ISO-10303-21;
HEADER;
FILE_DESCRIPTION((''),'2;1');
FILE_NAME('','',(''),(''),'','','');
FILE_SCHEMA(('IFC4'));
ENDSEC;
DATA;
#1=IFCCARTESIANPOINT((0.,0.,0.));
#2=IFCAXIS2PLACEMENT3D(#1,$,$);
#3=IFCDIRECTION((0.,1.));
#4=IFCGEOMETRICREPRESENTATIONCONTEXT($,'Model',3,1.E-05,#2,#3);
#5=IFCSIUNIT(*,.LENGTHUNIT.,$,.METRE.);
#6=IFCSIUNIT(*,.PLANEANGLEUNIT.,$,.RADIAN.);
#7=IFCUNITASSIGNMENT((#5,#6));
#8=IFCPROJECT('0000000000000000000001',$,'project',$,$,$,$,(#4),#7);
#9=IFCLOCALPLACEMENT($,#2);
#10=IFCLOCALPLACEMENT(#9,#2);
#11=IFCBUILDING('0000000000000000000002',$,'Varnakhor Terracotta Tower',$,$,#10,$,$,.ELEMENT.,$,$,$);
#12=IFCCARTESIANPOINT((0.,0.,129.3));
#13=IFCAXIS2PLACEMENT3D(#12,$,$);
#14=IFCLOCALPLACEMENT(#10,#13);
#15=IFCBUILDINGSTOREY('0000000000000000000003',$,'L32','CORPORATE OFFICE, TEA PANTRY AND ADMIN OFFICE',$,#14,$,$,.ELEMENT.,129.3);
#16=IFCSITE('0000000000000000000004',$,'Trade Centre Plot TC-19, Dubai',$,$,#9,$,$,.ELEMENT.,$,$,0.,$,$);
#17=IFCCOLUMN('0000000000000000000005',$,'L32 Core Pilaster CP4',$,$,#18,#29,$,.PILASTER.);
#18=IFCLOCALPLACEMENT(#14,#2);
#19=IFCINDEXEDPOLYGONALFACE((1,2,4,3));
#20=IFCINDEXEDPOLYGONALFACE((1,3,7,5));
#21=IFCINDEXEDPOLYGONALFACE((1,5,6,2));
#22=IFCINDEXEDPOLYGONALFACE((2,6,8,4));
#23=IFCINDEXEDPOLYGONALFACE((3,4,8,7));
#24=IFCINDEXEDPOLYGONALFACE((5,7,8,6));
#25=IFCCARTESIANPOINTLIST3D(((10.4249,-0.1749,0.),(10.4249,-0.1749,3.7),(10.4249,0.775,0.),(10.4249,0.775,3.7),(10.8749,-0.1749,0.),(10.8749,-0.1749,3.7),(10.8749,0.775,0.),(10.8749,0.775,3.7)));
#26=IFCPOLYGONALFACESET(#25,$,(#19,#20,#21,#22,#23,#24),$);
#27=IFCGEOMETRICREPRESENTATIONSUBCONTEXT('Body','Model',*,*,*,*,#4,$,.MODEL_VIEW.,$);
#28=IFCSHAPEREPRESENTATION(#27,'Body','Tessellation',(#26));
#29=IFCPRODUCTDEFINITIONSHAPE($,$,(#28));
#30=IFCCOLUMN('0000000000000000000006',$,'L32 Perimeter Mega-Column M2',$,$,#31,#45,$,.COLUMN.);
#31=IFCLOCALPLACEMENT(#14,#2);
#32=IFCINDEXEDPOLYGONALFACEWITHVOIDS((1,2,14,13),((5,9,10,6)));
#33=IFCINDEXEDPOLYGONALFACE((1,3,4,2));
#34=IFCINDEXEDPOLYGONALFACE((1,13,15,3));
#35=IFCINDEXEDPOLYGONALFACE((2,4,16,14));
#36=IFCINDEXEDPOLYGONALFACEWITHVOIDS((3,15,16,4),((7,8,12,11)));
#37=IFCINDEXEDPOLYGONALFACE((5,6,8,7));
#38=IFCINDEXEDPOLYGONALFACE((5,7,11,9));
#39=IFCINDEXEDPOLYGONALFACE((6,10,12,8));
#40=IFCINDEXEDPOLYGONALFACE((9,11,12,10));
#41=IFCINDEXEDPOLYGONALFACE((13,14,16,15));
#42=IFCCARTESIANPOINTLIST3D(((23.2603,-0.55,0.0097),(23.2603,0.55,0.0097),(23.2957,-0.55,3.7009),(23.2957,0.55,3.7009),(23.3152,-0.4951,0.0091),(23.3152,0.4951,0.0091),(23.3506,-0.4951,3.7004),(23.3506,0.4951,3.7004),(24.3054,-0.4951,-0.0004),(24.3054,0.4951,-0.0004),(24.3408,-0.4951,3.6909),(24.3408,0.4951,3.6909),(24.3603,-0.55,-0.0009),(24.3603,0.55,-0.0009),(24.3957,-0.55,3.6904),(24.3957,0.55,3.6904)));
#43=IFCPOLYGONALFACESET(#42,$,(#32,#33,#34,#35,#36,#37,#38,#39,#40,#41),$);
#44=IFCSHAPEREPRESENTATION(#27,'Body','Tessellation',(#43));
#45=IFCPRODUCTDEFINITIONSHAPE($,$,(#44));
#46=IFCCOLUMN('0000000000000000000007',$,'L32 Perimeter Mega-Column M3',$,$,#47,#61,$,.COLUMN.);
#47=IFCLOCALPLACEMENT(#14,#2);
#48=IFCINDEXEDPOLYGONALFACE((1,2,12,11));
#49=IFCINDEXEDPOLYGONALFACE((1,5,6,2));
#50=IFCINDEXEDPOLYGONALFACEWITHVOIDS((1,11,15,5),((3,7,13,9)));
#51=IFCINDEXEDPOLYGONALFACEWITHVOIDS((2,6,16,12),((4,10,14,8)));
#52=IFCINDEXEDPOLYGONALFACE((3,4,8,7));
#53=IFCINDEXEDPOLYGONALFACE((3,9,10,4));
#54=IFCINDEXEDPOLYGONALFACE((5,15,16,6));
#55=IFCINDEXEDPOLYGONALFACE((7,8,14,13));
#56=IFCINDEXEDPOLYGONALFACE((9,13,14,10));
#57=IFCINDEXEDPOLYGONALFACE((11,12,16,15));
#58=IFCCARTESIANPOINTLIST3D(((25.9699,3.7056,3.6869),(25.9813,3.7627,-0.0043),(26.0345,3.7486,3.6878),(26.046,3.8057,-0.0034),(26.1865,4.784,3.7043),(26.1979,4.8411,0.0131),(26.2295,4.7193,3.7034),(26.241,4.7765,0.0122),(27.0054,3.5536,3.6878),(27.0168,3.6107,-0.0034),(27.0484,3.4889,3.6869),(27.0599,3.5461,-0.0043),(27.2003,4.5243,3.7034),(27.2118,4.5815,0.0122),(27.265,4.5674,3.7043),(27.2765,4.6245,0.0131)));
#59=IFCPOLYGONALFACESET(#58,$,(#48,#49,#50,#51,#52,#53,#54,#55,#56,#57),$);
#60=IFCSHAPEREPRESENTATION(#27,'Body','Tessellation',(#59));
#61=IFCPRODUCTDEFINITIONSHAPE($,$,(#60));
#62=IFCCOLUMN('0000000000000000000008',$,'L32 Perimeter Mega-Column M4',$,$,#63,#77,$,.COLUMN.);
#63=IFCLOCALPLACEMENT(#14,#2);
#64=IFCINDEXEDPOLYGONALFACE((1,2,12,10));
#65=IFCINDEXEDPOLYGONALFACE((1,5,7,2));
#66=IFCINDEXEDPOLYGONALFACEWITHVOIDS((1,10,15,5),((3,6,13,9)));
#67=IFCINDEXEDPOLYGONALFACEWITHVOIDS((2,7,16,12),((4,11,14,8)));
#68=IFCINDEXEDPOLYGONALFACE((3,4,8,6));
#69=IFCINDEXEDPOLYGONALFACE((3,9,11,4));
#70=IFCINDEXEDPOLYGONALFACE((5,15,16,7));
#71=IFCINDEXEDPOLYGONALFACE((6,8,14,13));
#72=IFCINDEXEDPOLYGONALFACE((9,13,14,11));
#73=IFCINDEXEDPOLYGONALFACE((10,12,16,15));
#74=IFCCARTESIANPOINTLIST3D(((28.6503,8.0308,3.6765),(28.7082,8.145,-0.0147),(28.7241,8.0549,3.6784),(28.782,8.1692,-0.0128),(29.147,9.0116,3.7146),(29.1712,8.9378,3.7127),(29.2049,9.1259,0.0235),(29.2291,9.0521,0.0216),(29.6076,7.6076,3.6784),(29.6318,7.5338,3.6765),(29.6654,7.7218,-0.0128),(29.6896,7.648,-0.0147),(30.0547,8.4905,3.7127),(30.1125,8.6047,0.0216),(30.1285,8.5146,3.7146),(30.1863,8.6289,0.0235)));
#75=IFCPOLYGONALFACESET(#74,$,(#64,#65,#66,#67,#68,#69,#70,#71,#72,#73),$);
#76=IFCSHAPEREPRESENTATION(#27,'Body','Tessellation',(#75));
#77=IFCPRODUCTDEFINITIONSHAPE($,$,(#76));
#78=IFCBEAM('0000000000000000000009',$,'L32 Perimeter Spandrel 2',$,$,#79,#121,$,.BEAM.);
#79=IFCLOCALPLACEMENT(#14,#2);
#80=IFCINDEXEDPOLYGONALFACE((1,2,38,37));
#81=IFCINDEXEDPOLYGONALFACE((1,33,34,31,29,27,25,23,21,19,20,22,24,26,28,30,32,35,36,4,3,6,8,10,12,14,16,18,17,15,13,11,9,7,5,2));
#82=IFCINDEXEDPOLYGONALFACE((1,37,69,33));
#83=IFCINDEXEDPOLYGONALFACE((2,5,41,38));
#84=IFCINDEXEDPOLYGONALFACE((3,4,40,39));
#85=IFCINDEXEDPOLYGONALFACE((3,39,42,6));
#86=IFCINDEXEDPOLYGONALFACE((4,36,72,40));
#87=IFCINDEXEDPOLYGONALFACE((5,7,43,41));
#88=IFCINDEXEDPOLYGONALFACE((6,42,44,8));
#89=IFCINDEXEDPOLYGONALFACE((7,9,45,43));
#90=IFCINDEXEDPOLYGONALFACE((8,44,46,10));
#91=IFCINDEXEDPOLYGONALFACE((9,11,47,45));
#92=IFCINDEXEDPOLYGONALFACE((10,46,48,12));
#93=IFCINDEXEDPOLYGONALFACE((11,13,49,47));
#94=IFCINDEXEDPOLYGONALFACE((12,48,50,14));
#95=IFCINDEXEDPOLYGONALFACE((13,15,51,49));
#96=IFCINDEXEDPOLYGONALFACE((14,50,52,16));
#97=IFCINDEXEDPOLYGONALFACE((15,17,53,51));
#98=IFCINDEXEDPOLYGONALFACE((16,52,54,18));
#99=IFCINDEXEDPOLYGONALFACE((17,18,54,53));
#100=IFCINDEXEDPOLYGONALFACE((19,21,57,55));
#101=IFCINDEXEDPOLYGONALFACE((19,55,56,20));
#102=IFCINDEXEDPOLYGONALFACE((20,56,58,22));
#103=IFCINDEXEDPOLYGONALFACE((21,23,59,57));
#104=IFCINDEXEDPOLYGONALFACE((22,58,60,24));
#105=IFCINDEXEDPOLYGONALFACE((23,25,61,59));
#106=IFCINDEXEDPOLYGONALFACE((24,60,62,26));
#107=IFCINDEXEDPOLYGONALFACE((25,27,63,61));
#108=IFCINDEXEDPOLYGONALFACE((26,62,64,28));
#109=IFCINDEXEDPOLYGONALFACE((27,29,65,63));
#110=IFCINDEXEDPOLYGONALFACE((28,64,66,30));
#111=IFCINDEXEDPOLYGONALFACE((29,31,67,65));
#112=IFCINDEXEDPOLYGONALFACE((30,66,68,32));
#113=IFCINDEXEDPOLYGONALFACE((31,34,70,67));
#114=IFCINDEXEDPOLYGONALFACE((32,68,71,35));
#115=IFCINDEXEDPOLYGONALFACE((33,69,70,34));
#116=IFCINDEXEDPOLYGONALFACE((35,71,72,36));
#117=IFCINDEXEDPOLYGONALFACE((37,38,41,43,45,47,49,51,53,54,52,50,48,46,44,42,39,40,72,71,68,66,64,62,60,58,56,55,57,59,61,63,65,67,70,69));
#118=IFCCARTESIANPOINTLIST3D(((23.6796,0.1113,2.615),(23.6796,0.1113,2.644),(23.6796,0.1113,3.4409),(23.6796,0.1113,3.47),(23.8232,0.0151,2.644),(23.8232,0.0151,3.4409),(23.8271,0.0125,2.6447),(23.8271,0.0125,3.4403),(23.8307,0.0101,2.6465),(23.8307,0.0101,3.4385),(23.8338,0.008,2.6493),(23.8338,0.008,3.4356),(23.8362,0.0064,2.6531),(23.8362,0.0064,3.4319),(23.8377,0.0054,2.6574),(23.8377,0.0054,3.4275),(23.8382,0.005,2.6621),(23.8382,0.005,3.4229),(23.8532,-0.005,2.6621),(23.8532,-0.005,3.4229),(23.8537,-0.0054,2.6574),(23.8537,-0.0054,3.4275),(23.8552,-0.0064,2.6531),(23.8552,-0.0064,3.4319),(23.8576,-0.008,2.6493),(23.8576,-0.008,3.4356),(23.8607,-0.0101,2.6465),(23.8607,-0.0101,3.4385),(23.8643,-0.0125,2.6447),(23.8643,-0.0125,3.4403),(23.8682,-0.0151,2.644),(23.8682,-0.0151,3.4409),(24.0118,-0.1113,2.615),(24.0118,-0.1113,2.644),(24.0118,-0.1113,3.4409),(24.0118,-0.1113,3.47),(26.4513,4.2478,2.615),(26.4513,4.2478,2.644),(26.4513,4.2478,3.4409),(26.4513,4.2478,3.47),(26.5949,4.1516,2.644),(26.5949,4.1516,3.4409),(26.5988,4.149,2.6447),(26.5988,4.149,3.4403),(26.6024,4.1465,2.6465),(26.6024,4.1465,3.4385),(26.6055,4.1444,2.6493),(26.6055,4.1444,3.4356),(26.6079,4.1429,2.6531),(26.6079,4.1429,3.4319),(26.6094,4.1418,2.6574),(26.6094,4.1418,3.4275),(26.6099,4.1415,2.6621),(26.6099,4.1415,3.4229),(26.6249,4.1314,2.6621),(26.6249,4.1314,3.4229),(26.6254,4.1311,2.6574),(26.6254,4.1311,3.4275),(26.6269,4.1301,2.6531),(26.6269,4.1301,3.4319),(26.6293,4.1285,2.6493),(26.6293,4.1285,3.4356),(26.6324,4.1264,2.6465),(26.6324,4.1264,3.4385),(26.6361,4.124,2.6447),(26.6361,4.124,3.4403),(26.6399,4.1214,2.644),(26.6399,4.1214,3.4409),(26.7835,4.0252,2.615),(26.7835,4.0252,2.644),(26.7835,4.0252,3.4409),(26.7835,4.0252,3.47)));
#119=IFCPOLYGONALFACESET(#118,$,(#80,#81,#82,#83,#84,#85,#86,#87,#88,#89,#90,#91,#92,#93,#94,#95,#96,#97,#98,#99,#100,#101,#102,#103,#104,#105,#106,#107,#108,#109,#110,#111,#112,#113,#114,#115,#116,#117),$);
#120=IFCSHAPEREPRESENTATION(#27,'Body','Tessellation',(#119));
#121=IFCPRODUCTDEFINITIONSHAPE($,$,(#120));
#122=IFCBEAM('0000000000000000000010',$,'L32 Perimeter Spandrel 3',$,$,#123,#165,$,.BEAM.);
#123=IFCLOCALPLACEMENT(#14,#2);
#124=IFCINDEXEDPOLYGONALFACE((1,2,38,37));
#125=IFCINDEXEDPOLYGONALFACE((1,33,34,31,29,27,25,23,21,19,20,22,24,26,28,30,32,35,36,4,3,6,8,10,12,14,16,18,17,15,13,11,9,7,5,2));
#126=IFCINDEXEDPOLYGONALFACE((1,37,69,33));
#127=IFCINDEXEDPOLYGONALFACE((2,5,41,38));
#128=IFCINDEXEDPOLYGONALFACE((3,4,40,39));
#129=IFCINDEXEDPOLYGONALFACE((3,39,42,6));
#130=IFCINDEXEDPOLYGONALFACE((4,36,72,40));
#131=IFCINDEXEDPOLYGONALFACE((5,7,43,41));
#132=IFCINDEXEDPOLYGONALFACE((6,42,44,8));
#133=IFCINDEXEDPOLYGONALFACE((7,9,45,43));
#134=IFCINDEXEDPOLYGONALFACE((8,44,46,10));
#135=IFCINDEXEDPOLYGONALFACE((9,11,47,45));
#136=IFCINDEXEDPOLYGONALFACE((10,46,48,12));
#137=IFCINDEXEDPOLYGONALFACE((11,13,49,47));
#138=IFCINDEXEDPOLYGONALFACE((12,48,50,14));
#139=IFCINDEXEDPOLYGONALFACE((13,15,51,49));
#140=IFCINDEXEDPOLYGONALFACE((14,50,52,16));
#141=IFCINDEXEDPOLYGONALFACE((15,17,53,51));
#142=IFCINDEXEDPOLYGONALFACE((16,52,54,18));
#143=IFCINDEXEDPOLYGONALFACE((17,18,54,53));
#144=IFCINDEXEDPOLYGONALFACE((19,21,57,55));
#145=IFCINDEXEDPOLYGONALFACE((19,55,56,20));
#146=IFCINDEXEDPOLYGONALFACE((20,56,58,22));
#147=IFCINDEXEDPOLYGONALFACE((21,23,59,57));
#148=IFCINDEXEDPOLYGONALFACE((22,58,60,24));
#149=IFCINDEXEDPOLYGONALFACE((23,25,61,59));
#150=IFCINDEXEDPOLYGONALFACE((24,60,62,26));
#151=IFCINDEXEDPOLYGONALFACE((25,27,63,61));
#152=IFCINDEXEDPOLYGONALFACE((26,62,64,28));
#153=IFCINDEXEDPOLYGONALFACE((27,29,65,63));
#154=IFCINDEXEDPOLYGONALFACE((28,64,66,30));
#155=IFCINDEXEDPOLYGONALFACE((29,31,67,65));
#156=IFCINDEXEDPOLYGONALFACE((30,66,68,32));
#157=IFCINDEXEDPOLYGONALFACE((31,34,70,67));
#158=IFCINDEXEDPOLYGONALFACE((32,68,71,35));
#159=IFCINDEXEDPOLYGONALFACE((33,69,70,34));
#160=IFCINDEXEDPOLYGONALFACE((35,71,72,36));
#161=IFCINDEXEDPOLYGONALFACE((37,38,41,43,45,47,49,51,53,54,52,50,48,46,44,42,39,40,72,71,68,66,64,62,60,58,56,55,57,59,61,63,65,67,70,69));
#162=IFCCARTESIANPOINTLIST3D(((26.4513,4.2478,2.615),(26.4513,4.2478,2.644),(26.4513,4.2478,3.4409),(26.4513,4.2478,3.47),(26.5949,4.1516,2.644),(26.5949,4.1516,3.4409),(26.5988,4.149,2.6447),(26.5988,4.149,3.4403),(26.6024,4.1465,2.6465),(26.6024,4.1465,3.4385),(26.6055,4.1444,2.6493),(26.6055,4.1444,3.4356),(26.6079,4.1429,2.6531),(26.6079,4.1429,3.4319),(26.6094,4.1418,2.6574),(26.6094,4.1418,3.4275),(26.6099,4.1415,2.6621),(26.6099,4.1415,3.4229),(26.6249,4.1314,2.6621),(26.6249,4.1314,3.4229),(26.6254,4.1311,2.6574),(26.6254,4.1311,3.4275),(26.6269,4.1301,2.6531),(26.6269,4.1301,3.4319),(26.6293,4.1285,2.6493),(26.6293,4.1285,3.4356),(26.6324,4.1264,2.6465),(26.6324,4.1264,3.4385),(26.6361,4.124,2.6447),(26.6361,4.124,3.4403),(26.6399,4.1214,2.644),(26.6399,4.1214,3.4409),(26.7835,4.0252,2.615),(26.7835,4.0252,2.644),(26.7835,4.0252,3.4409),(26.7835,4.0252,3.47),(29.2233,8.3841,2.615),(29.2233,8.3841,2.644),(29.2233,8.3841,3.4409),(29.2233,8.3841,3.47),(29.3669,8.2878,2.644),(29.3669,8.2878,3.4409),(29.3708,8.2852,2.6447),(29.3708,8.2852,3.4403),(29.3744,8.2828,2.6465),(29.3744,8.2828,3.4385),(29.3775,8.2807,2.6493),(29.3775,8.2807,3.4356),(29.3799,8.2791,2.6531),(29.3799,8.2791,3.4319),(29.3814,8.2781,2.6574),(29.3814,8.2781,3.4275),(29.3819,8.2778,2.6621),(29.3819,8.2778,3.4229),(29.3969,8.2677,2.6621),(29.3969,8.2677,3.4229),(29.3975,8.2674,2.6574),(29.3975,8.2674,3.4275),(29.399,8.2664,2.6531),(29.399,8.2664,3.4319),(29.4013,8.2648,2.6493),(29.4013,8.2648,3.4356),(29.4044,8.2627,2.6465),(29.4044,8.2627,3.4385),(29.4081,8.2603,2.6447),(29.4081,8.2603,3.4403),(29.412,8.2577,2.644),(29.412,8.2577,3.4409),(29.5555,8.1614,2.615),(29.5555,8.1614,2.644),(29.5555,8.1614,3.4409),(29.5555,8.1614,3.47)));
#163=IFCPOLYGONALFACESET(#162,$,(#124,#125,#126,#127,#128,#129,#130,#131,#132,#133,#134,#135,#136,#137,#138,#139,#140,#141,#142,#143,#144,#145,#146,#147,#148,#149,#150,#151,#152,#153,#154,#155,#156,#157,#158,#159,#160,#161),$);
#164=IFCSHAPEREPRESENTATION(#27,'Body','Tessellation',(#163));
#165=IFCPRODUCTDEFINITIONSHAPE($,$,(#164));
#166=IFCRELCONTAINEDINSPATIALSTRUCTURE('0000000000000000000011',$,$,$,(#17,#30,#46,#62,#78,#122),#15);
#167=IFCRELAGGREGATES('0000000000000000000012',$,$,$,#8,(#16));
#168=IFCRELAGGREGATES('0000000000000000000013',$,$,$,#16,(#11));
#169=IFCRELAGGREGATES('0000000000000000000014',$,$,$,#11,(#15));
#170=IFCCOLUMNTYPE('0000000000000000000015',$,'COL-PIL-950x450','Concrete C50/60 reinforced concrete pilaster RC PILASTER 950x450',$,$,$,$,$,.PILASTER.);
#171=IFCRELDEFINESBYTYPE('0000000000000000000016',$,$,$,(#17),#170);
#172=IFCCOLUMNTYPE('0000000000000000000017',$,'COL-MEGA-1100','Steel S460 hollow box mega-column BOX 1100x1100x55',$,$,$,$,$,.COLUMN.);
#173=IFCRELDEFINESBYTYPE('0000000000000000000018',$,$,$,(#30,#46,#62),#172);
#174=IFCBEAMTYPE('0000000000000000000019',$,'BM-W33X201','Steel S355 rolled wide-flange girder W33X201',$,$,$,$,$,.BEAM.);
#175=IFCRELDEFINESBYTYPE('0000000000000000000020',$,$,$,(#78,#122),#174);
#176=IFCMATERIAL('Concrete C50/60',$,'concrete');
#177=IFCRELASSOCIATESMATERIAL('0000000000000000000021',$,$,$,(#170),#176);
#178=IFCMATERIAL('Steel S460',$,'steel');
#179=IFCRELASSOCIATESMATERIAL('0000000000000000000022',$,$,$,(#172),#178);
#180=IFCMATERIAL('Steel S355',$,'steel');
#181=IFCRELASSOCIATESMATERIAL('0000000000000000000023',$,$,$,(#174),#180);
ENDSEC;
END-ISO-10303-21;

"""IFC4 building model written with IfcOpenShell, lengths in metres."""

from ifc_helpers import new_model, si_unit, direction, frame, origin, origin_2d, place, context, subcontext, project, spatial, rectangle, hollow_rectangle, i_section, extrude, source, transform, mapped, material, material_profile, profile_set, type_object, element, save


model = new_model("IFC4")

# Units and contexts
model_context = context("Model", 3, precision=1e-05, world=origin(), true_north=direction((0.0, 1.0)))
body_context = subcontext(model_context, "Body", "Model", "MODEL_VIEW")
ifc_project = project(units=[si_unit("LENGTHUNIT", "METRE"), si_unit("PLANEANGLEUNIT", "RADIAN")], contexts=[model_context])

# Site, building, storey
site_placement = place(None, origin())
site = spatial("IfcSite", under=ifc_project, at=site_placement, Name="Trade Centre Plot TC-19, Dubai", CompositionType="ELEMENT", RefElevation=0.0)
building_placement = place(site_placement, origin())
building = spatial("IfcBuilding", under=site, at=building_placement, Name="Varnakhor Terracotta Tower", CompositionType="ELEMENT")
storey_placement = place(building_placement, frame((0.0, 0.0, 129.3)))
storey = spatial("IfcBuildingStorey", under=building, at=storey_placement, Name="L32", Description="CORPORATE OFFICE, TEA PANTRY AND ADMIN OFFICE", CompositionType="ELEMENT", Elevation=129.3)

# Columns
ifc_material_1 = material(Name="Concrete C50/60", Category="concrete")
ifc_material_profile_1 = material_profile(ifc_material_1, rectangle(XDim=0.45, YDim=0.95, at=origin_2d()), Name="RC PILASTER 950x450")
ifc_profile_set_1 = profile_set([ifc_material_profile_1], Name="Concrete C50/60")
column_type_1 = type_object("IfcColumnType", Name="COL-PIL-950x450", Description="Concrete C50/60 reinforced concrete pilaster RC PILASTER 950x450", PredefinedType="PILASTER", material=ifc_profile_set_1)
shared_shape_1 = source(origin(), body_context, "Body", "SweptSolid", [
    extrude(rectangle(XDim=0.45, YDim=0.95, at=origin_2d()), origin(), (0.0, 0.0, 1.0), 3.7),
])
column_1_placement = place(storey_placement, frame((10.6499, 0.3, 0.0), z_axis=(0.0, 0.0, 1.0), x_axis=(1.0, 0.0, 0.0)))
element("IfcColumn", 1, at=column_1_placement, inside=storey, type_object=column_type_1, Name="L32 Core Pilaster CP4", PredefinedType="PILASTER", context=body_context, shape_type="MappedRepresentation", body=[
    mapped(shared_shape_1, transform((0.0, 0.0, 0.0), scale=1.0)),
])
ifc_material_2 = material(Name="Steel S460", Category="steel")
ifc_material_profile_2 = material_profile(ifc_material_2, hollow_rectangle(XDim=1.1001, YDim=1.1001, WallThickness=0.0549, at=origin_2d()), Name="BOX 1100x1100x55")
ifc_profile_set_2 = profile_set([ifc_material_profile_2], Name="Steel S460")
column_type_2 = type_object("IfcColumnType", Name="COL-MEGA-1100", Description="Steel S460 hollow box mega-column BOX 1100x1100x55", PredefinedType="COLUMN", material=ifc_profile_set_2)
shared_shape_2 = source(origin(), body_context, "Body", "SweptSolid", [
    extrude(hollow_rectangle(XDim=1.1001, YDim=1.1001, WallThickness=0.0549, at=origin_2d()), origin(), (0.0, 0.0, 1.0), 3.6914),
])
column_2_placement = place(storey_placement, frame((23.8103, 0.0, 0.0044), z_axis=(0.00959, 0.0, 0.999954), x_axis=(0.0, 1.0, 0.0)))
element("IfcColumn", 2, at=column_2_placement, inside=storey, type_object=column_type_2, Name="L32 Perimeter Mega-Column M2", PredefinedType="COLUMN", context=body_context, shape_type="MappedRepresentation", body=[
    mapped(shared_shape_2, transform((0.0, 0.0, 0.0), scale=1.0)),
])
shared_shape_3 = source(origin(), body_context, "Body", "SweptSolid", [
    extrude(hollow_rectangle(XDim=1.1001, YDim=1.1001, WallThickness=0.0549, at=origin_2d()), origin(), (0.0, 0.0, 1.0), 3.6917),
])
column_3_placement = place(storey_placement, frame((26.6289, 4.1936, 0.0044), z_axis=(-0.003108, -0.015475, 0.999875), x_axis=(0.980419, -0.196922, 0.0)))
element("IfcColumn", 3, at=column_3_placement, inside=storey, type_object=column_type_2, Name="L32 Perimeter Mega-Column M3", PredefinedType="COLUMN", context=body_context, shape_type="MappedRepresentation", body=[
    mapped(shared_shape_3, transform((0.0, 0.0, 0.0), scale=1.0)),
])
shared_shape_4 = source(origin(), body_context, "Body", "SweptSolid", [
    extrude(hollow_rectangle(XDim=1.1001, YDim=1.1001, WallThickness=0.0549, at=origin_2d()), origin(), (0.0, 0.0, 1.0), 3.6934),
])
column_4_placement = place(storey_placement, frame((29.4473, 8.387, 0.0044), z_axis=(-0.015666, -0.030936, 0.999399), x_axis=(0.892128, -0.451783, 0.0)))
element("IfcColumn", 4, at=column_4_placement, inside=storey, type_object=column_type_2, Name="L32 Perimeter Mega-Column M4", PredefinedType="COLUMN", context=body_context, shape_type="MappedRepresentation", body=[
    mapped(shared_shape_4, transform((0.0, 0.0, 0.0), scale=1.0)),
])

# Beams
ifc_material_3 = material(Name="Steel S355", Category="steel")
ifc_material_profile_3 = material_profile(ifc_material_3, i_section(OverallWidth=0.3999, OverallDepth=0.855, WebThickness=0.0181, FlangeThickness=0.0291, FilletRadius=0.0181, at=origin_2d()), Name="W33X201")
ifc_profile_set_3 = profile_set([ifc_material_profile_3], Name="Steel S355")
beam_type_1 = type_object("IfcBeamType", Name="BM-W33X201", Description="Steel S355 rolled wide-flange girder W33X201", PredefinedType="BEAM", material=ifc_profile_set_3)
shared_shape_5 = source(origin(), body_context, "Body", "SweptSolid", [
    extrude(i_section(OverallWidth=0.3999, OverallDepth=0.855, WebThickness=0.0181, FlangeThickness=0.0291, FilletRadius=0.0181, at=origin_2d()), origin(), (0.0, 0.0, 1.0), 4.9792),
])
for number, where, z_axis, x_axis, name in (
    (5, (23.8457, 0.0, 3.0425), (0.556656, 0.830743, 0.0), (-0.830743, 0.556656, 0.0), "L32 Perimeter Spandrel 2"),
    (6, (26.6174, 4.1365, 3.0425), (0.556713, 0.830705, 0.0), (-0.830705, 0.556713, 0.0), "L32 Perimeter Spandrel 3"),
):
    element("IfcBeam", number, at=place(storey_placement, frame(where, z_axis=z_axis, x_axis=x_axis)), inside=storey, type_object=beam_type_1, Name=name, PredefinedType="BEAM", context=body_context, shape_type="MappedRepresentation", body=[
        mapped(shared_shape_5, transform((0.0, 0.0, 0.0), scale=1.0)),
    ])

save(model, "model.ifc")
